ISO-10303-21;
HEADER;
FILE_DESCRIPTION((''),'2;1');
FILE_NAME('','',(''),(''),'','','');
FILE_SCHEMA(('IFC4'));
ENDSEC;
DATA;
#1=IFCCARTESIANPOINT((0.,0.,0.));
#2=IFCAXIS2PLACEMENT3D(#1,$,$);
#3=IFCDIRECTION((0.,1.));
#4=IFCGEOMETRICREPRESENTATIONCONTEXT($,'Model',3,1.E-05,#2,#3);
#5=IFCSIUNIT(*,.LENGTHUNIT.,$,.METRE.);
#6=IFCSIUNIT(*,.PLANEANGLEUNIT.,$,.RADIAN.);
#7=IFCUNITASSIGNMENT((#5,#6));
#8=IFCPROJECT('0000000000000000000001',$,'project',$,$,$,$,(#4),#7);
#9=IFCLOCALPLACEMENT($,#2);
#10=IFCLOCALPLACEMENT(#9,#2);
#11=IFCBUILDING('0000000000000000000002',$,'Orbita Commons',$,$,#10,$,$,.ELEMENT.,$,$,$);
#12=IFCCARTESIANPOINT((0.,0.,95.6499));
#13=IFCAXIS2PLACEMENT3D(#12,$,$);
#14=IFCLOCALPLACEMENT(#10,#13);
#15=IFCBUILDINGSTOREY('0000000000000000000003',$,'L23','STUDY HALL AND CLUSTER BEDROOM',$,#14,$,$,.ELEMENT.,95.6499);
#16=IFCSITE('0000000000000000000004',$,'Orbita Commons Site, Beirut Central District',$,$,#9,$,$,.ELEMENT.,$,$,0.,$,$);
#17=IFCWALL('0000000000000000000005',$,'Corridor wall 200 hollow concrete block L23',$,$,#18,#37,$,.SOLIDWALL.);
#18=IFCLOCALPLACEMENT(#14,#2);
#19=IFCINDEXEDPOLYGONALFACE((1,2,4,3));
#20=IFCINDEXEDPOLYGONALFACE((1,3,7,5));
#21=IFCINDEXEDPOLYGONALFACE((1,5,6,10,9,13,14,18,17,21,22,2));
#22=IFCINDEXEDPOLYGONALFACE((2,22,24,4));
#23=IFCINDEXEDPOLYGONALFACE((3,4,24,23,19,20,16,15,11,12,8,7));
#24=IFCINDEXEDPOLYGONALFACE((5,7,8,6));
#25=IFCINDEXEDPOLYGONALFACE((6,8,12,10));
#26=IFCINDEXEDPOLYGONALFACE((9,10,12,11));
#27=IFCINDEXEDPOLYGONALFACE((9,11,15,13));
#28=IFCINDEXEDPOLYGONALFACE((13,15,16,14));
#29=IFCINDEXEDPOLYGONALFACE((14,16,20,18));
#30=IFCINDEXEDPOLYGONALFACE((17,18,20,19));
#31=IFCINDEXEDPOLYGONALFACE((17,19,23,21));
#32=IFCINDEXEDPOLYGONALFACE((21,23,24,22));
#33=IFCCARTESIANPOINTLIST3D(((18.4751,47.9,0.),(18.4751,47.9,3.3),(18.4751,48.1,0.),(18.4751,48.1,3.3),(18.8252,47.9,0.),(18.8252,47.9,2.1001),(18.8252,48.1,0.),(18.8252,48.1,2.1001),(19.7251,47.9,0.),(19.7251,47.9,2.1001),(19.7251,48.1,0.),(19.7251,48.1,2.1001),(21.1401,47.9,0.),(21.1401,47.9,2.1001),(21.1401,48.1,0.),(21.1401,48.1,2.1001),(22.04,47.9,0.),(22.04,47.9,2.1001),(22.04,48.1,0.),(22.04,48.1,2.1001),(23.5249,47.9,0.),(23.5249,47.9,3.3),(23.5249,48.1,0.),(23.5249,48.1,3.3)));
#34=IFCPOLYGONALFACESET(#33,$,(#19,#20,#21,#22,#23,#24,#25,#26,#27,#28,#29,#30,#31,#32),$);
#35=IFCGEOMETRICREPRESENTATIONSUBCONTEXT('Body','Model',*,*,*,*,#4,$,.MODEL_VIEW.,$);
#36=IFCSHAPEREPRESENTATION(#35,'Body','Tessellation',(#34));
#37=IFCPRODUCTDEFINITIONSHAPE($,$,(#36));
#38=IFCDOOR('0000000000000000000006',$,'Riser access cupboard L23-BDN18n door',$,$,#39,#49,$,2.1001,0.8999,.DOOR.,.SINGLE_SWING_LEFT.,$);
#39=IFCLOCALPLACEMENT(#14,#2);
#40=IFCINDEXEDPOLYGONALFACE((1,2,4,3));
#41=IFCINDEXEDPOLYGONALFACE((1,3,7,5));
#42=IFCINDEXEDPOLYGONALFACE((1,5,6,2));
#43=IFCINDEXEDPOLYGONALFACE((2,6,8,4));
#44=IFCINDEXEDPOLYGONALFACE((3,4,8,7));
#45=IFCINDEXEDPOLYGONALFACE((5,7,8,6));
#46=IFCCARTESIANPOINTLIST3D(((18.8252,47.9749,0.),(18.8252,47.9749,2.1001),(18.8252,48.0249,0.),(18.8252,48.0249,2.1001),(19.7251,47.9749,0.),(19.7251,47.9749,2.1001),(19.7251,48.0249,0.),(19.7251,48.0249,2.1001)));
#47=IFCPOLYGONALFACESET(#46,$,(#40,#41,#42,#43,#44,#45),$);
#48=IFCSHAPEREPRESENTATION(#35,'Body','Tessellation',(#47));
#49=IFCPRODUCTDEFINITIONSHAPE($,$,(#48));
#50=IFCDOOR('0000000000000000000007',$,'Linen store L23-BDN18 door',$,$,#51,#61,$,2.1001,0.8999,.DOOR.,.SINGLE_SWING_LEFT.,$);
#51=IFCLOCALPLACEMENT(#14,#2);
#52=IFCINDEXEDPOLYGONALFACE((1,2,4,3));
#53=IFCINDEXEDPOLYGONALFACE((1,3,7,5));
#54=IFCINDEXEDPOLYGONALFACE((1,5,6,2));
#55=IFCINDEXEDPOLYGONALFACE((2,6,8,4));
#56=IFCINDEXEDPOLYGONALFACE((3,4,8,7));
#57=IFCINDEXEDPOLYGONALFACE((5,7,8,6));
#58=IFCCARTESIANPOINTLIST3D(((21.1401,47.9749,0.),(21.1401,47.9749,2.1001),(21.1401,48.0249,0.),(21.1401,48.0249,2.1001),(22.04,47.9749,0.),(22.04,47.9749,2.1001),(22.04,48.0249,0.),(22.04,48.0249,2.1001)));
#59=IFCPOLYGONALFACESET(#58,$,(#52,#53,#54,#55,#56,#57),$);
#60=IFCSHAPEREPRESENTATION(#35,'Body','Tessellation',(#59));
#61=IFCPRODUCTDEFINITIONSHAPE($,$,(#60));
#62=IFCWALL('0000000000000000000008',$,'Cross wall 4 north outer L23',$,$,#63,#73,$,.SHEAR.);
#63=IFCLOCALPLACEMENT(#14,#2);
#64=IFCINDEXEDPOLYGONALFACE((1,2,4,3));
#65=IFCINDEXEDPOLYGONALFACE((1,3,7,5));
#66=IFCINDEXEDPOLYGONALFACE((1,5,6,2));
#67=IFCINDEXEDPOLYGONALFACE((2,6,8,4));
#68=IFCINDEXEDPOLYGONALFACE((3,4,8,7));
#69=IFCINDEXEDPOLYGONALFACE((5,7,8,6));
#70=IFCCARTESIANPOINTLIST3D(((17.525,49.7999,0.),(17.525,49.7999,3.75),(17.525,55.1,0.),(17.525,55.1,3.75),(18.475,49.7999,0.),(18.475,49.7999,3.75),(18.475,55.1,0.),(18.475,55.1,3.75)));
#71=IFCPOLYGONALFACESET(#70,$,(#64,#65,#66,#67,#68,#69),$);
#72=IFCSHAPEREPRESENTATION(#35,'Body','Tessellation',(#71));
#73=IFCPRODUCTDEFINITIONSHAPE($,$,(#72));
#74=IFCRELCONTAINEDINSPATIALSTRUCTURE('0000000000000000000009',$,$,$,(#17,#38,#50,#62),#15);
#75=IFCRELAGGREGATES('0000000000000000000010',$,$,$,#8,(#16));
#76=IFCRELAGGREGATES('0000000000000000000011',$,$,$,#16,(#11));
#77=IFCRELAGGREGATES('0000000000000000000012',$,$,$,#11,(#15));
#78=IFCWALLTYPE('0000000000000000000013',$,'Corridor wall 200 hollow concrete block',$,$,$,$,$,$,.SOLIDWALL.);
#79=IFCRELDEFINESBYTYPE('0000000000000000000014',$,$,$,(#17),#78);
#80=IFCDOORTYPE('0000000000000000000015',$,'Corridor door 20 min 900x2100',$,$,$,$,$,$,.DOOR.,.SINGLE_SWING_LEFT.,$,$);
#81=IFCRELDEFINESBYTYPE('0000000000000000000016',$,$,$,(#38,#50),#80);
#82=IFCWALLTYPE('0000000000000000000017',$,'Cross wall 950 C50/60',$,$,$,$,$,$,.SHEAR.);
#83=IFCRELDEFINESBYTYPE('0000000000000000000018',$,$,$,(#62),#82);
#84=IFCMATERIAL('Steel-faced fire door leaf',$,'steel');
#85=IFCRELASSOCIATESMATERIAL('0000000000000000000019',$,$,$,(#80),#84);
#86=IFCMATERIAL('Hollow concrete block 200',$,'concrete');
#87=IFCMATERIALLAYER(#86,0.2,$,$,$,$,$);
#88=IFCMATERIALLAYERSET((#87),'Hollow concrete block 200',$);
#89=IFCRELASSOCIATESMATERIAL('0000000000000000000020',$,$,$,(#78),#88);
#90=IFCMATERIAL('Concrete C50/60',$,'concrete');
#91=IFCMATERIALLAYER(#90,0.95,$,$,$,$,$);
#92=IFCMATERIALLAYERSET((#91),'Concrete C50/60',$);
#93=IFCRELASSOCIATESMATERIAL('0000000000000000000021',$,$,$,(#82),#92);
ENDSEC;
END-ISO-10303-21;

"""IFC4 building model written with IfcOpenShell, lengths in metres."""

from ifc_helpers import new_model, si_unit, direction, frame, frame_2d, origin, place, context, subcontext, project, spatial, rectangle, extrude, material, layer, layer_set, type_object, element, fill, save


model = new_model("IFC4")

# Units and contexts
model_context = context("Model", 3, precision=1e-05, world=origin(), true_north=direction((0.0, 1.0)))
body_context = subcontext(model_context, "Body", "Model", "MODEL_VIEW")
ifc_project = project(units=[si_unit("LENGTHUNIT", "METRE"), si_unit("PLANEANGLEUNIT", "RADIAN")], contexts=[model_context])

# Site, building, storey
site_placement = place(None, origin())
site = spatial("IfcSite", under=ifc_project, at=site_placement, Name="Orbita Commons Site, Beirut Central District", CompositionType="ELEMENT", RefElevation=0.0)
building_placement = place(site_placement, origin())
building = spatial("IfcBuilding", under=site, at=building_placement, Name="Orbita Commons", CompositionType="ELEMENT")
storey_placement = place(building_placement, frame((0.0, 0.0, 95.6499)))
storey = spatial("IfcBuildingStorey", under=building, at=storey_placement, Name="L23", Description="STUDY HALL AND CLUSTER BEDROOM", CompositionType="ELEMENT", Elevation=95.6499)

# Shared definitions
ifc_material_1 = material(Name="Steel-faced fire door leaf", Category="steel")
door_type_1 = type_object("IfcDoorType", Name="Corridor door 20 min 900x2100", OperationType="SINGLE_SWING_LEFT", PredefinedType="DOOR", material=ifc_material_1)

# Shared definitions
ifc_material_2 = material(Name="Hollow concrete block 200", Category="concrete")
ifc_layer_1 = layer(ifc_material_2, 0.2)
ifc_layer_set_1 = layer_set([ifc_layer_1], Name="Hollow concrete block 200")
wall_type_1 = type_object("IfcWallType", Name="Corridor wall 200 hollow concrete block", PredefinedType="SOLIDWALL", material=ifc_layer_set_1)

# Wall, openings, doors
wall_1_placement = place(storey_placement, frame((18.4751, 48.0, 0.0), z_axis=(0.0, 0.0, 1.0), x_axis=(1.0, 0.0, 0.0)))
wall_1 = element("IfcWall", 1, at=wall_1_placement, inside=storey, type_object=wall_type_1, Name="Corridor wall 200 hollow concrete block L23", PredefinedType="SOLIDWALL", context=body_context, shape_type="SweptSolid", body=[
    extrude(rectangle(XDim=5.0498, YDim=0.2, at=frame_2d((2.5249, 0.0))), origin(), (0.0, 0.0, 1.0), 3.3),
])
opening_1_placement = place(wall_1_placement, frame((0.3501, 0.0, 0.0)))
opening_1 = element("IfcOpeningElement", 2, at=opening_1_placement, cuts=wall_1, PredefinedType="OPENING", context=body_context, shape_type="SweptSolid", body=[
    extrude(rectangle(XDim=0.8999, YDim=2.1001, at=frame_2d((0.45, 1.05))), frame((0.0, 0.1099, 0.0), z_axis=(0.0, -1.0, 0.0), x_axis=(1.0, 0.0, 0.0)), (0.0, 0.0, 1.0), 0.22),
])
opening_2_placement = place(wall_1_placement, frame((2.665, 0.0, 0.0)))
opening_2 = element("IfcOpeningElement", 3, at=opening_2_placement, cuts=wall_1, PredefinedType="OPENING", context=body_context, shape_type="SweptSolid", body=[
    extrude(rectangle(XDim=0.8999, YDim=2.1001, at=frame_2d((0.45, 1.05))), frame((0.0, 0.1099, 0.0), z_axis=(0.0, -1.0, 0.0), x_axis=(1.0, 0.0, 0.0)), (0.0, 0.0, 1.0), 0.22),
])
door_1_placement = place(opening_1_placement, origin())
door_1 = element("IfcDoor", 4, at=door_1_placement, inside=storey, type_object=door_type_1, Name="Riser access cupboard L23-BDN18n door", OperationType="SINGLE_SWING_LEFT", OverallHeight=2.1001, OverallWidth=0.8999, PredefinedType="DOOR", context=body_context, shape_type="SweptSolid", body=[
    extrude(rectangle(XDim=0.8999, YDim=2.1001, at=frame_2d((0.45, 1.05))), frame((0.0, 0.0249, 0.0), z_axis=(0.0, -1.0, 0.0), x_axis=(1.0, 0.0, 0.0)), (0.0, 0.0, 1.0), 0.05),
])
fill(opening_1, door_1)
door_2_placement = place(opening_2_placement, origin())
door_2 = element("IfcDoor", 5, at=door_2_placement, inside=storey, type_object=door_type_1, Name="Linen store L23-BDN18 door", OperationType="SINGLE_SWING_LEFT", OverallHeight=2.1001, OverallWidth=0.8999, PredefinedType="DOOR", context=body_context, shape_type="SweptSolid", body=[
    extrude(rectangle(XDim=0.8999, YDim=2.1001, at=frame_2d((0.45, 1.05))), frame((0.0, 0.0249, 0.0), z_axis=(0.0, -1.0, 0.0), x_axis=(1.0, 0.0, 0.0)), (0.0, 0.0, 1.0), 0.05),
])
fill(opening_2, door_2)

# Wall
ifc_material_3 = material(Name="Concrete C50/60", Category="concrete")
ifc_layer_2 = layer(ifc_material_3, 0.95)
ifc_layer_set_2 = layer_set([ifc_layer_2], Name="Concrete C50/60")
wall_type_2 = type_object("IfcWallType", Name="Cross wall 950 C50/60", PredefinedType="SHEAR", material=ifc_layer_set_2)
wall_2_placement = place(storey_placement, frame((18.0, 49.8, 0.0), z_axis=(0.0, 0.0, 1.0), x_axis=(0.0, 1.0, 0.0)))
element("IfcWall", 6, at=wall_2_placement, inside=storey, type_object=wall_type_2, Name="Cross wall 4 north outer L23", PredefinedType="SHEAR", context=body_context, shape_type="SweptSolid", body=[
    extrude(rectangle(XDim=5.3, YDim=0.95, at=frame_2d((2.6499, 0.0))), origin(), (0.0, 0.0, 1.0), 3.75),
])

save(model, "model.ifc")
